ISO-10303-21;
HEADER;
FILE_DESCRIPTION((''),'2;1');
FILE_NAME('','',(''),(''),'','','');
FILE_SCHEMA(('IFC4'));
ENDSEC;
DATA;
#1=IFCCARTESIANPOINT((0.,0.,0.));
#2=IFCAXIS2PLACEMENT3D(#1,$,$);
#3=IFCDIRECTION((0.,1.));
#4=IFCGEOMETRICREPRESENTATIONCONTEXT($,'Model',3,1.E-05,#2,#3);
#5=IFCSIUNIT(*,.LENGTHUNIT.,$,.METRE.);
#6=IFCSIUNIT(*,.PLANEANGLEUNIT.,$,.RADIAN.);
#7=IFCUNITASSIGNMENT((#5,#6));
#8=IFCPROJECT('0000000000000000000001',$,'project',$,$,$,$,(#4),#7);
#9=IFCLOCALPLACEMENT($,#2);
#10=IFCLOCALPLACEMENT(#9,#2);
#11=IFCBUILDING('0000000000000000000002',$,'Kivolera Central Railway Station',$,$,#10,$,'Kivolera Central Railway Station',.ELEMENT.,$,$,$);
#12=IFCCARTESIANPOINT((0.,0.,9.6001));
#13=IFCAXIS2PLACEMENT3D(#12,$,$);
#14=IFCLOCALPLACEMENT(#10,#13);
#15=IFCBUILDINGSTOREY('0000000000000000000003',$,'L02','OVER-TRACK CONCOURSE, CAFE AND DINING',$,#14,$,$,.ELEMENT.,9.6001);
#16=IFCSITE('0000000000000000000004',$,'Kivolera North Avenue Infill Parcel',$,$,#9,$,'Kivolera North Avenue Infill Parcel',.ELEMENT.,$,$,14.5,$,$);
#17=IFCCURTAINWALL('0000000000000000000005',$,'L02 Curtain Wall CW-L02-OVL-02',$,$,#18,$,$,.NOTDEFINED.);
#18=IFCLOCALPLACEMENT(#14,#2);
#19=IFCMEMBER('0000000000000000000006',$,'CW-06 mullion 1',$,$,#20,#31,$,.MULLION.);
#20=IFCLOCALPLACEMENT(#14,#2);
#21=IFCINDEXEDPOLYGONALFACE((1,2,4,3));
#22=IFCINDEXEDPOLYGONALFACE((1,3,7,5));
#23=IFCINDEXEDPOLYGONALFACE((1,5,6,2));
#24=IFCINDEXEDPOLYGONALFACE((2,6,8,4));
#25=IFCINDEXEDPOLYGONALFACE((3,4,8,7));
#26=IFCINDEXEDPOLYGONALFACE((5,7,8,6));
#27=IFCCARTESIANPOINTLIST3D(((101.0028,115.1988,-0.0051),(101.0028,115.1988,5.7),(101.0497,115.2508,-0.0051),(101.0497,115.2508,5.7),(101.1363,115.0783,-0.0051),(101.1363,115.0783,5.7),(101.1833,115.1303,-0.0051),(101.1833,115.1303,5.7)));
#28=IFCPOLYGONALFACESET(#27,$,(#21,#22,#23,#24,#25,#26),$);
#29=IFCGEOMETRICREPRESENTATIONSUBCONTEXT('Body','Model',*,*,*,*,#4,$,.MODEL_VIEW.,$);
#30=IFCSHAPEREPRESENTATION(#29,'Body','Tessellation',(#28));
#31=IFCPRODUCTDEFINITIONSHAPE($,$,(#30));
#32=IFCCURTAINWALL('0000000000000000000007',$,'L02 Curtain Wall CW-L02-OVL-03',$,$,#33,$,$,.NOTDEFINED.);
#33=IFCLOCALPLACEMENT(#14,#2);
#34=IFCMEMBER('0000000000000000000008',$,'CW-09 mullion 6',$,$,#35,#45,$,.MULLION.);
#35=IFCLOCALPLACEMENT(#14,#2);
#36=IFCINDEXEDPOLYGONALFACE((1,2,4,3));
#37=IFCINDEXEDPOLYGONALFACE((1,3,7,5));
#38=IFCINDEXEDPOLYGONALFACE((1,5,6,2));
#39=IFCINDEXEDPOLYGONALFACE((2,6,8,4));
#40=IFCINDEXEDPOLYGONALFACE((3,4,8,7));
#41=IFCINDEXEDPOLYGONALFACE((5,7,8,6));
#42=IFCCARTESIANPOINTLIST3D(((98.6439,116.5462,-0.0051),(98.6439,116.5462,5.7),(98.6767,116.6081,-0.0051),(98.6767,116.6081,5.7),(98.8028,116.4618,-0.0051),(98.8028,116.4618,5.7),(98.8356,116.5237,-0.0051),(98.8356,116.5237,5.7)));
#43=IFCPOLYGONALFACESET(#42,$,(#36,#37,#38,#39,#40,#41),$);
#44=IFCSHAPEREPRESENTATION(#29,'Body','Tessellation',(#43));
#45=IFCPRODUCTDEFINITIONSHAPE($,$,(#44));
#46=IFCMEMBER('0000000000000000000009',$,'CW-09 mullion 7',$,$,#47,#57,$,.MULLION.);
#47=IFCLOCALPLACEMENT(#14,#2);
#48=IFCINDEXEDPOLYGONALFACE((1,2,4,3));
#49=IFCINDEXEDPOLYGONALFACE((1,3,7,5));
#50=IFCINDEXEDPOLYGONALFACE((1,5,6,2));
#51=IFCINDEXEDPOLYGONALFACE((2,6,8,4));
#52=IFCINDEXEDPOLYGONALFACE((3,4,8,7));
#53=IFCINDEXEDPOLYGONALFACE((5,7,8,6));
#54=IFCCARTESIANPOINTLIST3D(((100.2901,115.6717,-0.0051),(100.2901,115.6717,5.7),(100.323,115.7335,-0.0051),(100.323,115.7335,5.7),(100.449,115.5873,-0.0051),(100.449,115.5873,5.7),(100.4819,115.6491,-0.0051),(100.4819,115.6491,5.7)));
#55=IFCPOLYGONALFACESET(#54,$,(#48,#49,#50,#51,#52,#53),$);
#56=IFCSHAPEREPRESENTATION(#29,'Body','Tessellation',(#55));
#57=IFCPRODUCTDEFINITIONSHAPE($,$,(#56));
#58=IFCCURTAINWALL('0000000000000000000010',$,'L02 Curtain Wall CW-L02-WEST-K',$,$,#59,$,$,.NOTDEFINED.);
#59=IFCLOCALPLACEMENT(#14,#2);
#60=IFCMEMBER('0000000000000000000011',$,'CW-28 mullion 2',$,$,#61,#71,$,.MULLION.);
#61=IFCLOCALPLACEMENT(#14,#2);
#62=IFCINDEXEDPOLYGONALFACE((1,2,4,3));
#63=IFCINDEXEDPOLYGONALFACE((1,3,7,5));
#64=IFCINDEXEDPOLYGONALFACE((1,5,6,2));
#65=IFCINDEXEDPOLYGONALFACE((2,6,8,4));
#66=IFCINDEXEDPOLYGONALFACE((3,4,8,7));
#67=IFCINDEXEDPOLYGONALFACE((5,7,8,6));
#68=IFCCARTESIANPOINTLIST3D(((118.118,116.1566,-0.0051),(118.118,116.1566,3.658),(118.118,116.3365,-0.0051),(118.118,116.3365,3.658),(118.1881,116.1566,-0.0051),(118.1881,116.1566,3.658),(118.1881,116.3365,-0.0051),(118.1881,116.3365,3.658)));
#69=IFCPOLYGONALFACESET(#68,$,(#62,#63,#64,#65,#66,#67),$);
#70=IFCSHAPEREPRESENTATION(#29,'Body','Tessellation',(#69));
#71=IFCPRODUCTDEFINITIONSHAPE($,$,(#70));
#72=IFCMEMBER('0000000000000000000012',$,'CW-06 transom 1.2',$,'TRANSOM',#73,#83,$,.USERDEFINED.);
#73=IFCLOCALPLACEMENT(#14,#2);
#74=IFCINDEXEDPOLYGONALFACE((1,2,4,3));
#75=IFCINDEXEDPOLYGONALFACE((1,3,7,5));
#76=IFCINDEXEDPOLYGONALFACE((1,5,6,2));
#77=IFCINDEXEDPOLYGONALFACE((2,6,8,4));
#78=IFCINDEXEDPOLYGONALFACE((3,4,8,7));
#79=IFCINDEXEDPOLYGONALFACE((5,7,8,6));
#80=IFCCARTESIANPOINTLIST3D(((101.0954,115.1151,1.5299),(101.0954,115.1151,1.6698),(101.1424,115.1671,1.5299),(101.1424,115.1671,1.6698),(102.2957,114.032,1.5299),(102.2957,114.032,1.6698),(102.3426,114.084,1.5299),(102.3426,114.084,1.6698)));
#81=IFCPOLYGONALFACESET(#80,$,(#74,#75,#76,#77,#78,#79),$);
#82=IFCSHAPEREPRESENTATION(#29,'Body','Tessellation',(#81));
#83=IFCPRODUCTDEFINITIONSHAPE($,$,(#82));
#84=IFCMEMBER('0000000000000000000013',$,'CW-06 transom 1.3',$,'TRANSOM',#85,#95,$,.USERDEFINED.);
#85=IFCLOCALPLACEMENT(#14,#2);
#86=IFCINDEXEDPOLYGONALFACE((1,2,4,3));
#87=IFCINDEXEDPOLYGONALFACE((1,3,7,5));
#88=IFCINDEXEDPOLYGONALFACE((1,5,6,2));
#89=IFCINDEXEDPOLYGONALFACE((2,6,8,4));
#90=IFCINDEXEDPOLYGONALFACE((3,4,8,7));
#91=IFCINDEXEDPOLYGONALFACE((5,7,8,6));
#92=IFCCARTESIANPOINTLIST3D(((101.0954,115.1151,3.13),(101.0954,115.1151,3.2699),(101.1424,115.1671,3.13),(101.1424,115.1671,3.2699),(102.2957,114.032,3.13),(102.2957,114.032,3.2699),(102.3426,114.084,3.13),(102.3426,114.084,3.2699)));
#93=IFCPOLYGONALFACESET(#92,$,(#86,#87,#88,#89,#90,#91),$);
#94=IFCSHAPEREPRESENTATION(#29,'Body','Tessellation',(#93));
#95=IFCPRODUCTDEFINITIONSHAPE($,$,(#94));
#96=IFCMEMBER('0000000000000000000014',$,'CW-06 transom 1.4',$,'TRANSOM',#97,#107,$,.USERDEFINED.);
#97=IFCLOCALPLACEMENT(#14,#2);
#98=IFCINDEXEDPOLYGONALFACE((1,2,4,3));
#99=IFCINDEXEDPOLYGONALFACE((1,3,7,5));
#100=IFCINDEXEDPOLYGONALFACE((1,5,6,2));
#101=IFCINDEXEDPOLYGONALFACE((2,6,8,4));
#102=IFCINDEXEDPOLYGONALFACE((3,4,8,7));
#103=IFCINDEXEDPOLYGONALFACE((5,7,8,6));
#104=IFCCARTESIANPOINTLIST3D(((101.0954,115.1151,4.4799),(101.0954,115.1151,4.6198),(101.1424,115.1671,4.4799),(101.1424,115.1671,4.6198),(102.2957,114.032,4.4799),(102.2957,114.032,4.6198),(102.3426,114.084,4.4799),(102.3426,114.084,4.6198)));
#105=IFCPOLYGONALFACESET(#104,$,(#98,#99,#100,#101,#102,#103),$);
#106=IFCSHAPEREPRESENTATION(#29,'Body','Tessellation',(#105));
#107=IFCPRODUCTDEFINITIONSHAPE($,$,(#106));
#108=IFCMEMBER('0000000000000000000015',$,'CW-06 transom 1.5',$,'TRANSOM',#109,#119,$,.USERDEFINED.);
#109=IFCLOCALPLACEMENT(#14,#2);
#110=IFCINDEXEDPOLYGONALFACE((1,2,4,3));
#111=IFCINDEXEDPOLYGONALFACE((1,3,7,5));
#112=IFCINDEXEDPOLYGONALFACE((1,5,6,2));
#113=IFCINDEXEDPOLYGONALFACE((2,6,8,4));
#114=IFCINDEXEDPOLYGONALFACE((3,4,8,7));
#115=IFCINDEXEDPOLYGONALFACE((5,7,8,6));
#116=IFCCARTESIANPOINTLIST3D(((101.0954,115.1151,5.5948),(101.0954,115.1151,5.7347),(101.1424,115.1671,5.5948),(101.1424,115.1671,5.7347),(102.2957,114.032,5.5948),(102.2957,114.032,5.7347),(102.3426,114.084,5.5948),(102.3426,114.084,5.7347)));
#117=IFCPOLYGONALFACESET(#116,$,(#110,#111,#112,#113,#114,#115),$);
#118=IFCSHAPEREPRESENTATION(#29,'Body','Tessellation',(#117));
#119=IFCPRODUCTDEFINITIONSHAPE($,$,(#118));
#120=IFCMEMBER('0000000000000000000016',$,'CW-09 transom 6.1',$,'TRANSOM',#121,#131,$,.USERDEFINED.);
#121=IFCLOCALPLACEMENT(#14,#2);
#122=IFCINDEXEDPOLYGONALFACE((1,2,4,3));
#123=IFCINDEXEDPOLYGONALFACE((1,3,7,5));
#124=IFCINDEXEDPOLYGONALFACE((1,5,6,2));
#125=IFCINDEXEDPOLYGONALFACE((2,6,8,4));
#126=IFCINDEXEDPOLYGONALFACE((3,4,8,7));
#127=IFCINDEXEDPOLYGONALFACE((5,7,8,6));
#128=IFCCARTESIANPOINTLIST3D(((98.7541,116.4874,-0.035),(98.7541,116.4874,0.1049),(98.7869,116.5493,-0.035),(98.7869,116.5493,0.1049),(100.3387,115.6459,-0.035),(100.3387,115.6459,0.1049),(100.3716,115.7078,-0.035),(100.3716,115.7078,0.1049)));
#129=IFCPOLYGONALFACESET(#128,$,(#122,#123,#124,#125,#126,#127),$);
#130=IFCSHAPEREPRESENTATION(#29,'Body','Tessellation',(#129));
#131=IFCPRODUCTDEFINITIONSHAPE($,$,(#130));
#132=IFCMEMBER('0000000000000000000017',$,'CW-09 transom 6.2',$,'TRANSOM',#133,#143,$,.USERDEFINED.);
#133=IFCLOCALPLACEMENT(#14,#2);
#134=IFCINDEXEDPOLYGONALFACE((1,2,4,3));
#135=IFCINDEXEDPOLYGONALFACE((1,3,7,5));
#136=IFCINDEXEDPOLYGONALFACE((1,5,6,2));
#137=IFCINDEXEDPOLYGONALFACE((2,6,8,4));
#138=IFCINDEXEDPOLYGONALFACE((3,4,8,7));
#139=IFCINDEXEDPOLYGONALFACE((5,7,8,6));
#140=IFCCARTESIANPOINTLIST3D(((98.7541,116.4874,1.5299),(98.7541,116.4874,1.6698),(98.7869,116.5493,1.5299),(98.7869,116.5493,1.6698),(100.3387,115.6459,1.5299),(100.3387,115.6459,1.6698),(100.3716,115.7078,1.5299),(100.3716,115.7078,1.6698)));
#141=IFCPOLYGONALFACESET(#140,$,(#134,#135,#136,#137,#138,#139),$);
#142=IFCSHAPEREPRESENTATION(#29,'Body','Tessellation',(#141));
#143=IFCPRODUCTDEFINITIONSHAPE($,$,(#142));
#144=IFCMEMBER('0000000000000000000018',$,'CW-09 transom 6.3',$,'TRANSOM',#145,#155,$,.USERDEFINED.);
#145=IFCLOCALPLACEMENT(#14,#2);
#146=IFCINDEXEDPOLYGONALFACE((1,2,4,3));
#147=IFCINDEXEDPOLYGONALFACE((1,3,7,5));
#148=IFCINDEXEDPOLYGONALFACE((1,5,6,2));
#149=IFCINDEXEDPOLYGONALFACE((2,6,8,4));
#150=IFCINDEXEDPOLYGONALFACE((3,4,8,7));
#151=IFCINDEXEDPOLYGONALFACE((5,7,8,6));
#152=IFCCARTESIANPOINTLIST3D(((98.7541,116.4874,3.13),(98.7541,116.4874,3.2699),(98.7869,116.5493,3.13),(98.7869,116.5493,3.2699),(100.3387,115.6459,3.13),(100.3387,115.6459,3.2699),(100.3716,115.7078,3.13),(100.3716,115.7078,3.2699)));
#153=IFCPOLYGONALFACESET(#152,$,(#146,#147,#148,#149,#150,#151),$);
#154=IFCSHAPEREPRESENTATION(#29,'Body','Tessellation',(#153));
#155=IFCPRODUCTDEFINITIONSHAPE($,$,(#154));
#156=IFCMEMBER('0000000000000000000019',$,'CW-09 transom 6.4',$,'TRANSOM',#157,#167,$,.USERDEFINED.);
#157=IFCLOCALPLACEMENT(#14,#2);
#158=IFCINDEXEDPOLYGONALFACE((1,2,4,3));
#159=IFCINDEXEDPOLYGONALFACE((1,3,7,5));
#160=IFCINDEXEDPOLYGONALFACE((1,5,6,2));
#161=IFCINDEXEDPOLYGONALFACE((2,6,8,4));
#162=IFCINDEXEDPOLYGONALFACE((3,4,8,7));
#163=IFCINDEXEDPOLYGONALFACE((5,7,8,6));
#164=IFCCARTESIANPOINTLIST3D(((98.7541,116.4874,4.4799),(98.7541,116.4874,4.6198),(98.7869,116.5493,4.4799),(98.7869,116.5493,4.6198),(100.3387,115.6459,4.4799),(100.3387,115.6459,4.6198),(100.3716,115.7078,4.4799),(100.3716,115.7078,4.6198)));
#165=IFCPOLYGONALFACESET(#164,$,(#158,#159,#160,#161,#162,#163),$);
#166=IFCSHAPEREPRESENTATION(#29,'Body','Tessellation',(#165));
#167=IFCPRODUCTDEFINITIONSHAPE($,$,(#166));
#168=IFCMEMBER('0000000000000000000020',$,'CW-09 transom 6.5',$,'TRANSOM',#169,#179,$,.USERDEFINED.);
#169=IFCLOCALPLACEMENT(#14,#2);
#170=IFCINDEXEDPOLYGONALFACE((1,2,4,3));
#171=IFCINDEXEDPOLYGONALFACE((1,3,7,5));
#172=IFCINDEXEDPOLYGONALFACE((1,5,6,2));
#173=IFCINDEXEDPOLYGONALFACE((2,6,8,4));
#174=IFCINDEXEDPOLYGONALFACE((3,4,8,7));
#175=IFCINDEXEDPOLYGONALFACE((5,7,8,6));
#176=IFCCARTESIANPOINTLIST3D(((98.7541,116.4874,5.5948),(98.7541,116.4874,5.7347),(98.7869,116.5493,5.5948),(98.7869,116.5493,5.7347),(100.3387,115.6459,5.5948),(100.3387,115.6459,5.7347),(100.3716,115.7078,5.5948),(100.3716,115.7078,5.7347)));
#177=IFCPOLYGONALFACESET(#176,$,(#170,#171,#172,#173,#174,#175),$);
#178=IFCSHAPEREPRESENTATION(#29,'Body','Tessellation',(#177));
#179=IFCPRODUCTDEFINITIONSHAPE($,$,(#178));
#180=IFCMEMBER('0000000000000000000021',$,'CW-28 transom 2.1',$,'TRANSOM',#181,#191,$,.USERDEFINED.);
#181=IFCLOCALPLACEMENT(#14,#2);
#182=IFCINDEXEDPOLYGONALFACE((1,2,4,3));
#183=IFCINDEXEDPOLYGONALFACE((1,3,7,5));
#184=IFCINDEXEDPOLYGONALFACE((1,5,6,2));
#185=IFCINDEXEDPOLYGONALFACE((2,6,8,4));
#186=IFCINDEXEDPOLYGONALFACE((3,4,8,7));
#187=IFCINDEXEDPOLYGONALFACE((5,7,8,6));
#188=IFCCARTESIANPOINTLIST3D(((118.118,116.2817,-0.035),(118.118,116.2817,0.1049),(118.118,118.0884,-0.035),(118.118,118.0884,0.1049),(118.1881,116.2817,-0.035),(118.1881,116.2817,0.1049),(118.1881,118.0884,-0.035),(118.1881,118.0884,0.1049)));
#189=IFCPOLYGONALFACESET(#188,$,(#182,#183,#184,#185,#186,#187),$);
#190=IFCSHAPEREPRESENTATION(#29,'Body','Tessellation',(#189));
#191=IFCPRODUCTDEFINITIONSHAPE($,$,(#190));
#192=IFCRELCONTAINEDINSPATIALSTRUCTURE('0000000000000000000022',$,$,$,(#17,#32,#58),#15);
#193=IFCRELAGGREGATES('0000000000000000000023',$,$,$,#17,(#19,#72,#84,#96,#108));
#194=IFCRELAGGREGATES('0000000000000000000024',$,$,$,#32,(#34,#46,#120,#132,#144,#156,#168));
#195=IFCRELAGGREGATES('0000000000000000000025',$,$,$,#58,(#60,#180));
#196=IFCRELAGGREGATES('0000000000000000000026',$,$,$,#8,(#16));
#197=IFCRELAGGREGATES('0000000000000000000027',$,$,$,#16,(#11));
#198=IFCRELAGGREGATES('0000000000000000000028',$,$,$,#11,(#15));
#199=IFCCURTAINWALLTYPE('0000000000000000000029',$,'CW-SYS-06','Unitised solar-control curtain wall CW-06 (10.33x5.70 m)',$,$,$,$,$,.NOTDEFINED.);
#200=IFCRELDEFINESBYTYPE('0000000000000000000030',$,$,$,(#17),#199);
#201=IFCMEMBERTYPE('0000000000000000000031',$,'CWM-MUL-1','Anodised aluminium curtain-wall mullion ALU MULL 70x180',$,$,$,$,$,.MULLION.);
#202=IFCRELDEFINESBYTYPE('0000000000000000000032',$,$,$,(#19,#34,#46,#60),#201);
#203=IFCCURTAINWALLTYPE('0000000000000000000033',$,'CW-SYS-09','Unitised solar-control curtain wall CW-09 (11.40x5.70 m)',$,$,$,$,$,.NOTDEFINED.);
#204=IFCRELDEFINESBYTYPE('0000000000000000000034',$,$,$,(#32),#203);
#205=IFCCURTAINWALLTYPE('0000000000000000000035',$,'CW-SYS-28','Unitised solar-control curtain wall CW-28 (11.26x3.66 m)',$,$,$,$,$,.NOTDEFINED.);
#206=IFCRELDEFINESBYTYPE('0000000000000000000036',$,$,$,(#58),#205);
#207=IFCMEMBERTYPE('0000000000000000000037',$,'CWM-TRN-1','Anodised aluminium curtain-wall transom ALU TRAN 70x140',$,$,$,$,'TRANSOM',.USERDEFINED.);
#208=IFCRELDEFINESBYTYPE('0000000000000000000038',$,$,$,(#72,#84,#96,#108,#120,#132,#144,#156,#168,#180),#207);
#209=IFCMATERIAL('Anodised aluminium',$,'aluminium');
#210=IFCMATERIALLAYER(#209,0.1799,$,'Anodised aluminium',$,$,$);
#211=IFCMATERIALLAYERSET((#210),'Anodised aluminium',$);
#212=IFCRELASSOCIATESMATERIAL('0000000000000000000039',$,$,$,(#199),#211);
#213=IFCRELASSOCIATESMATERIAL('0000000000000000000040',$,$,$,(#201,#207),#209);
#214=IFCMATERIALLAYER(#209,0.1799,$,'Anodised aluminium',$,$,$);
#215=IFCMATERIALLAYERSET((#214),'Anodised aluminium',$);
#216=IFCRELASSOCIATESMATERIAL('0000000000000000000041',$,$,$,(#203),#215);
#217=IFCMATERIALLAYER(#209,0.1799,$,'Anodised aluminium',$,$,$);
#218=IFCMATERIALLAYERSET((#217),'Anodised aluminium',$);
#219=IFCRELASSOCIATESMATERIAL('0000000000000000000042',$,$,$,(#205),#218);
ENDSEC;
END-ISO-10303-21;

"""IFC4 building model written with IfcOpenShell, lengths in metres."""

from ifc_helpers import new_model, si_unit, direction, frame, origin, origin_2d, place, context, subcontext, project, spatial, rectangle, extrude, material, layer, layer_set, material_profile, profile_set, type_object, element, aggregate, save


model = new_model("IFC4")

# Units and contexts
model_context = context("Model", 3, precision=1e-05, world=origin(), true_north=direction((0.0, 1.0)))
body_context = subcontext(model_context, "Body", "Model", "MODEL_VIEW")
ifc_project = project(units=[si_unit("LENGTHUNIT", "METRE"), si_unit("PLANEANGLEUNIT", "RADIAN")], contexts=[model_context])

# Site, building, storey
site_placement = place(None, origin())
site = spatial("IfcSite", under=ifc_project, at=site_placement, Name="Kivolera North Avenue Infill Parcel", LongName="Kivolera North Avenue Infill Parcel", CompositionType="ELEMENT", RefElevation=14.5)
building_placement = place(site_placement, origin())
building = spatial("IfcBuilding", under=site, at=building_placement, Name="Kivolera Central Railway Station", LongName="Kivolera Central Railway Station", CompositionType="ELEMENT")
storey_placement = place(building_placement, frame((0.0, 0.0, 9.6001)))
storey = spatial("IfcBuildingStorey", under=building, at=storey_placement, Name="L02", Description="OVER-TRACK CONCOURSE, CAFE AND DINING", CompositionType="ELEMENT", Elevation=9.6001)

# Curtain wall, member
ifc_material_1 = material(Name="Anodised aluminium", Category="aluminium")
ifc_layer_1 = layer(ifc_material_1, 0.1799, Name="Anodised aluminium")
ifc_layer_set_1 = layer_set([ifc_layer_1], Name="Anodised aluminium")
curtain_wall_type_1 = type_object("IfcCurtainWallType", Name="CW-SYS-06", Description="Unitised solar-control curtain wall CW-06 (10.33x5.70 m)", PredefinedType="NOTDEFINED", material=ifc_layer_set_1)
curtain_wall_1_placement = place(storey_placement, origin())
curtain_wall_1 = element("IfcCurtainWall", 1, at=curtain_wall_1_placement, inside=storey, type_object=curtain_wall_type_1, Name="L02 Curtain Wall CW-L02-OVL-02", PredefinedType="NOTDEFINED")
ifc_material_profile_1 = material_profile(ifc_material_1, rectangle(XDim=0.0701, YDim=0.1799, at=origin_2d()), Name="ALU MULL 70x180")
ifc_profile_set_1 = profile_set([ifc_material_profile_1], Name="Anodised aluminium")
member_type_1 = type_object("IfcMemberType", Name="CWM-MUL-1", Description="Anodised aluminium curtain-wall mullion ALU MULL 70x180", PredefinedType="MULLION", material=ifc_profile_set_1)
member_1_placement = place(storey_placement, frame((101.093, 115.1646, -0.0051), z_axis=(0.0, 0.0, 1.0), x_axis=(0.669922, 0.742432, 0.0)))
member_1 = element("IfcMember", 2, at=member_1_placement, type_object=member_type_1, Name="CW-06 mullion 1", PredefinedType="MULLION", context=body_context, shape_type="SweptSolid", body=[
    extrude(rectangle(XDim=0.0701, YDim=0.1799, at=origin_2d()), origin(), (0.0, 0.0, 1.0), 5.7051),
])

# Curtain wall, members
ifc_layer_2 = layer(ifc_material_1, 0.1799, Name="Anodised aluminium")
ifc_layer_set_2 = layer_set([ifc_layer_2], Name="Anodised aluminium")
curtain_wall_type_2 = type_object("IfcCurtainWallType", Name="CW-SYS-09", Description="Unitised solar-control curtain wall CW-09 (11.40x5.70 m)", PredefinedType="NOTDEFINED", material=ifc_layer_set_2)
curtain_wall_2_placement = place(storey_placement, origin())
curtain_wall_2 = element("IfcCurtainWall", 3, at=curtain_wall_2_placement, inside=storey, type_object=curtain_wall_type_2, Name="L02 Curtain Wall CW-L02-OVL-03", PredefinedType="NOTDEFINED")
member_2_placement = place(storey_placement, frame((98.7397, 116.5349, -0.0051), z_axis=(0.0, 0.0, 1.0), x_axis=(0.469053, 0.88317, 0.0)))
member_2 = element("IfcMember", 4, at=member_2_placement, type_object=member_type_1, Name="CW-09 mullion 6", PredefinedType="MULLION", context=body_context, shape_type="SweptSolid", body=[
    extrude(rectangle(XDim=0.0701, YDim=0.1799, at=origin_2d()), origin(), (0.0, 0.0, 1.0), 5.7051),
])
member_3_placement = place(storey_placement, frame((100.386, 115.6604, -0.0051), z_axis=(0.0, 0.0, 1.0), x_axis=(0.469053, 0.88317, 0.0)))
member_3 = element("IfcMember", 5, at=member_3_placement, type_object=member_type_1, Name="CW-09 mullion 7", PredefinedType="MULLION", context=body_context, shape_type="SweptSolid", body=[
    extrude(rectangle(XDim=0.0701, YDim=0.1799, at=origin_2d()), origin(), (0.0, 0.0, 1.0), 5.7051),
])

# Curtain wall, member
ifc_layer_3 = layer(ifc_material_1, 0.1799, Name="Anodised aluminium")
ifc_layer_set_3 = layer_set([ifc_layer_3], Name="Anodised aluminium")
curtain_wall_type_3 = type_object("IfcCurtainWallType", Name="CW-SYS-28", Description="Unitised solar-control curtain wall CW-28 (11.26x3.66 m)", PredefinedType="NOTDEFINED", material=ifc_layer_set_3)
curtain_wall_3_placement = place(storey_placement, origin())
curtain_wall_3 = element("IfcCurtainWall", 6, at=curtain_wall_3_placement, inside=storey, type_object=curtain_wall_type_3, Name="L02 Curtain Wall CW-L02-WEST-K", PredefinedType="NOTDEFINED")
member_4_placement = place(storey_placement, frame((118.1531, 116.2466, -0.0051), z_axis=(0.0, 0.0, 1.0), x_axis=(-1.0, 0.0, 0.0)))
member_4 = element("IfcMember", 7, at=member_4_placement, type_object=member_type_1, Name="CW-28 mullion 2", PredefinedType="MULLION", context=body_context, shape_type="SweptSolid", body=[
    extrude(rectangle(XDim=0.0701, YDim=0.1799, at=origin_2d()), origin(), (0.0, 0.0, 1.0), 3.6631),
])

# Members
ifc_material_profile_2 = material_profile(ifc_material_1, rectangle(XDim=0.0701, YDim=0.1399, at=origin_2d()), Name="ALU TRAN 70x140")
ifc_profile_set_2 = profile_set([ifc_material_profile_2], Name="Anodised aluminium")
member_type_2 = type_object("IfcMemberType", Name="CWM-TRN-1", Description="Anodised aluminium curtain-wall transom ALU TRAN 70x140", ElementType="TRANSOM", PredefinedType="USERDEFINED", material=ifc_profile_set_2)
member_5_placement = place(storey_placement, frame((101.1189, 115.1411, 1.5999), z_axis=(0.742422, -0.669932, 0.0), x_axis=(0.669932, 0.742422, 0.0)))
member_5 = element("IfcMember", 8, at=member_5_placement, type_object=member_type_2, Name="CW-06 transom 1.2", ObjectType="TRANSOM", PredefinedType="USERDEFINED", context=body_context, shape_type="SweptSolid", body=[
    extrude(rectangle(XDim=0.0701, YDim=0.1399, at=origin_2d()), origin(), (0.0, 0.0, 1.0), 1.6167),
])
member_6_placement = place(storey_placement, frame((101.1189, 115.1411, 3.2), z_axis=(0.742422, -0.669932, 0.0), x_axis=(0.669932, 0.742422, 0.0)))
member_6 = element("IfcMember", 9, at=member_6_placement, type_object=member_type_2, Name="CW-06 transom 1.3", ObjectType="TRANSOM", PredefinedType="USERDEFINED", context=body_context, shape_type="SweptSolid", body=[
    extrude(rectangle(XDim=0.0701, YDim=0.1399, at=origin_2d()), origin(), (0.0, 0.0, 1.0), 1.6167),
])
member_7_placement = place(storey_placement, frame((101.1189, 115.1411, 4.5498), z_axis=(0.742422, -0.669932, 0.0), x_axis=(0.669932, 0.742422, 0.0)))
member_7 = element("IfcMember", 10, at=member_7_placement, type_object=member_type_2, Name="CW-06 transom 1.4", ObjectType="TRANSOM", PredefinedType="USERDEFINED", context=body_context, shape_type="SweptSolid", body=[
    extrude(rectangle(XDim=0.0701, YDim=0.1399, at=origin_2d()), origin(), (0.0, 0.0, 1.0), 1.6167),
])
member_8_placement = place(storey_placement, frame((101.1189, 115.1411, 5.6648), z_axis=(0.742422, -0.669932, 0.0), x_axis=(0.669932, 0.742422, 0.0)))
member_8 = element("IfcMember", 11, at=member_8_placement, type_object=member_type_2, Name="CW-06 transom 1.5", ObjectType="TRANSOM", PredefinedType="USERDEFINED", context=body_context, shape_type="SweptSolid", body=[
    extrude(rectangle(XDim=0.0701, YDim=0.1399, at=origin_2d()), origin(), (0.0, 0.0, 1.0), 1.6167),
])
aggregate(curtain_wall_1, [member_1, member_5, member_6, member_7, member_8])
member_9_placement = place(storey_placement, frame((98.7705, 116.5183, 0.0349), z_axis=(0.883191, -0.469013, 0.0), x_axis=(0.469013, 0.883191, 0.0)))
member_9 = element("IfcMember", 12, at=member_9_placement, type_object=member_type_2, Name="CW-09 transom 6.1", ObjectType="TRANSOM", PredefinedType="USERDEFINED", context=body_context, shape_type="SweptSolid", body=[
    extrude(rectangle(XDim=0.0701, YDim=0.1399, at=origin_2d()), origin(), (0.0, 0.0, 1.0), 1.7942),
])
member_10_placement = place(storey_placement, frame((98.7705, 116.5183, 1.5999), z_axis=(0.883191, -0.469013, 0.0), x_axis=(0.469013, 0.883191, 0.0)))
member_10 = element("IfcMember", 13, at=member_10_placement, type_object=member_type_2, Name="CW-09 transom 6.2", ObjectType="TRANSOM", PredefinedType="USERDEFINED", context=body_context, shape_type="SweptSolid", body=[
    extrude(rectangle(XDim=0.0701, YDim=0.1399, at=origin_2d()), origin(), (0.0, 0.0, 1.0), 1.7942),
])
member_11_placement = place(storey_placement, frame((98.7705, 116.5183, 3.2), z_axis=(0.883191, -0.469013, 0.0), x_axis=(0.469013, 0.883191, 0.0)))
member_11 = element("IfcMember", 14, at=member_11_placement, type_object=member_type_2, Name="CW-09 transom 6.3", ObjectType="TRANSOM", PredefinedType="USERDEFINED", context=body_context, shape_type="SweptSolid", body=[
    extrude(rectangle(XDim=0.0701, YDim=0.1399, at=origin_2d()), origin(), (0.0, 0.0, 1.0), 1.7942),
])
member_12_placement = place(storey_placement, frame((98.7705, 116.5183, 4.5498), z_axis=(0.883191, -0.469013, 0.0), x_axis=(0.469013, 0.883191, 0.0)))
member_12 = element("IfcMember", 15, at=member_12_placement, type_object=member_type_2, Name="CW-09 transom 6.4", ObjectType="TRANSOM", PredefinedType="USERDEFINED", context=body_context, shape_type="SweptSolid", body=[
    extrude(rectangle(XDim=0.0701, YDim=0.1399, at=origin_2d()), origin(), (0.0, 0.0, 1.0), 1.7942),
])
member_13_placement = place(storey_placement, frame((98.7705, 116.5183, 5.6648), z_axis=(0.883191, -0.469013, 0.0), x_axis=(0.469013, 0.883191, 0.0)))
member_13 = element("IfcMember", 16, at=member_13_placement, type_object=member_type_2, Name="CW-09 transom 6.5", ObjectType="TRANSOM", PredefinedType="USERDEFINED", context=body_context, shape_type="SweptSolid", body=[
    extrude(rectangle(XDim=0.0701, YDim=0.1399, at=origin_2d()), origin(), (0.0, 0.0, 1.0), 1.7942),
])
member_14_placement = place(storey_placement, frame((118.1531, 116.2817, 0.0349), z_axis=(0.0, 1.0, 0.0), x_axis=(-1.0, 0.0, 0.0)))
member_14 = element("IfcMember", 17, at=member_14_placement, type_object=member_type_2, Name="CW-28 transom 2.1", ObjectType="TRANSOM", PredefinedType="USERDEFINED", context=body_context, shape_type="SweptSolid", body=[
    extrude(rectangle(XDim=0.0701, YDim=0.1399, at=origin_2d()), origin(), (0.0, 0.0, 1.0), 1.8066),
])

aggregate(curtain_wall_2, [member_2, member_3, member_9, member_10, member_11, member_12, member_13])
aggregate(curtain_wall_3, [member_4, member_14])

save(model, "model.ifc")
